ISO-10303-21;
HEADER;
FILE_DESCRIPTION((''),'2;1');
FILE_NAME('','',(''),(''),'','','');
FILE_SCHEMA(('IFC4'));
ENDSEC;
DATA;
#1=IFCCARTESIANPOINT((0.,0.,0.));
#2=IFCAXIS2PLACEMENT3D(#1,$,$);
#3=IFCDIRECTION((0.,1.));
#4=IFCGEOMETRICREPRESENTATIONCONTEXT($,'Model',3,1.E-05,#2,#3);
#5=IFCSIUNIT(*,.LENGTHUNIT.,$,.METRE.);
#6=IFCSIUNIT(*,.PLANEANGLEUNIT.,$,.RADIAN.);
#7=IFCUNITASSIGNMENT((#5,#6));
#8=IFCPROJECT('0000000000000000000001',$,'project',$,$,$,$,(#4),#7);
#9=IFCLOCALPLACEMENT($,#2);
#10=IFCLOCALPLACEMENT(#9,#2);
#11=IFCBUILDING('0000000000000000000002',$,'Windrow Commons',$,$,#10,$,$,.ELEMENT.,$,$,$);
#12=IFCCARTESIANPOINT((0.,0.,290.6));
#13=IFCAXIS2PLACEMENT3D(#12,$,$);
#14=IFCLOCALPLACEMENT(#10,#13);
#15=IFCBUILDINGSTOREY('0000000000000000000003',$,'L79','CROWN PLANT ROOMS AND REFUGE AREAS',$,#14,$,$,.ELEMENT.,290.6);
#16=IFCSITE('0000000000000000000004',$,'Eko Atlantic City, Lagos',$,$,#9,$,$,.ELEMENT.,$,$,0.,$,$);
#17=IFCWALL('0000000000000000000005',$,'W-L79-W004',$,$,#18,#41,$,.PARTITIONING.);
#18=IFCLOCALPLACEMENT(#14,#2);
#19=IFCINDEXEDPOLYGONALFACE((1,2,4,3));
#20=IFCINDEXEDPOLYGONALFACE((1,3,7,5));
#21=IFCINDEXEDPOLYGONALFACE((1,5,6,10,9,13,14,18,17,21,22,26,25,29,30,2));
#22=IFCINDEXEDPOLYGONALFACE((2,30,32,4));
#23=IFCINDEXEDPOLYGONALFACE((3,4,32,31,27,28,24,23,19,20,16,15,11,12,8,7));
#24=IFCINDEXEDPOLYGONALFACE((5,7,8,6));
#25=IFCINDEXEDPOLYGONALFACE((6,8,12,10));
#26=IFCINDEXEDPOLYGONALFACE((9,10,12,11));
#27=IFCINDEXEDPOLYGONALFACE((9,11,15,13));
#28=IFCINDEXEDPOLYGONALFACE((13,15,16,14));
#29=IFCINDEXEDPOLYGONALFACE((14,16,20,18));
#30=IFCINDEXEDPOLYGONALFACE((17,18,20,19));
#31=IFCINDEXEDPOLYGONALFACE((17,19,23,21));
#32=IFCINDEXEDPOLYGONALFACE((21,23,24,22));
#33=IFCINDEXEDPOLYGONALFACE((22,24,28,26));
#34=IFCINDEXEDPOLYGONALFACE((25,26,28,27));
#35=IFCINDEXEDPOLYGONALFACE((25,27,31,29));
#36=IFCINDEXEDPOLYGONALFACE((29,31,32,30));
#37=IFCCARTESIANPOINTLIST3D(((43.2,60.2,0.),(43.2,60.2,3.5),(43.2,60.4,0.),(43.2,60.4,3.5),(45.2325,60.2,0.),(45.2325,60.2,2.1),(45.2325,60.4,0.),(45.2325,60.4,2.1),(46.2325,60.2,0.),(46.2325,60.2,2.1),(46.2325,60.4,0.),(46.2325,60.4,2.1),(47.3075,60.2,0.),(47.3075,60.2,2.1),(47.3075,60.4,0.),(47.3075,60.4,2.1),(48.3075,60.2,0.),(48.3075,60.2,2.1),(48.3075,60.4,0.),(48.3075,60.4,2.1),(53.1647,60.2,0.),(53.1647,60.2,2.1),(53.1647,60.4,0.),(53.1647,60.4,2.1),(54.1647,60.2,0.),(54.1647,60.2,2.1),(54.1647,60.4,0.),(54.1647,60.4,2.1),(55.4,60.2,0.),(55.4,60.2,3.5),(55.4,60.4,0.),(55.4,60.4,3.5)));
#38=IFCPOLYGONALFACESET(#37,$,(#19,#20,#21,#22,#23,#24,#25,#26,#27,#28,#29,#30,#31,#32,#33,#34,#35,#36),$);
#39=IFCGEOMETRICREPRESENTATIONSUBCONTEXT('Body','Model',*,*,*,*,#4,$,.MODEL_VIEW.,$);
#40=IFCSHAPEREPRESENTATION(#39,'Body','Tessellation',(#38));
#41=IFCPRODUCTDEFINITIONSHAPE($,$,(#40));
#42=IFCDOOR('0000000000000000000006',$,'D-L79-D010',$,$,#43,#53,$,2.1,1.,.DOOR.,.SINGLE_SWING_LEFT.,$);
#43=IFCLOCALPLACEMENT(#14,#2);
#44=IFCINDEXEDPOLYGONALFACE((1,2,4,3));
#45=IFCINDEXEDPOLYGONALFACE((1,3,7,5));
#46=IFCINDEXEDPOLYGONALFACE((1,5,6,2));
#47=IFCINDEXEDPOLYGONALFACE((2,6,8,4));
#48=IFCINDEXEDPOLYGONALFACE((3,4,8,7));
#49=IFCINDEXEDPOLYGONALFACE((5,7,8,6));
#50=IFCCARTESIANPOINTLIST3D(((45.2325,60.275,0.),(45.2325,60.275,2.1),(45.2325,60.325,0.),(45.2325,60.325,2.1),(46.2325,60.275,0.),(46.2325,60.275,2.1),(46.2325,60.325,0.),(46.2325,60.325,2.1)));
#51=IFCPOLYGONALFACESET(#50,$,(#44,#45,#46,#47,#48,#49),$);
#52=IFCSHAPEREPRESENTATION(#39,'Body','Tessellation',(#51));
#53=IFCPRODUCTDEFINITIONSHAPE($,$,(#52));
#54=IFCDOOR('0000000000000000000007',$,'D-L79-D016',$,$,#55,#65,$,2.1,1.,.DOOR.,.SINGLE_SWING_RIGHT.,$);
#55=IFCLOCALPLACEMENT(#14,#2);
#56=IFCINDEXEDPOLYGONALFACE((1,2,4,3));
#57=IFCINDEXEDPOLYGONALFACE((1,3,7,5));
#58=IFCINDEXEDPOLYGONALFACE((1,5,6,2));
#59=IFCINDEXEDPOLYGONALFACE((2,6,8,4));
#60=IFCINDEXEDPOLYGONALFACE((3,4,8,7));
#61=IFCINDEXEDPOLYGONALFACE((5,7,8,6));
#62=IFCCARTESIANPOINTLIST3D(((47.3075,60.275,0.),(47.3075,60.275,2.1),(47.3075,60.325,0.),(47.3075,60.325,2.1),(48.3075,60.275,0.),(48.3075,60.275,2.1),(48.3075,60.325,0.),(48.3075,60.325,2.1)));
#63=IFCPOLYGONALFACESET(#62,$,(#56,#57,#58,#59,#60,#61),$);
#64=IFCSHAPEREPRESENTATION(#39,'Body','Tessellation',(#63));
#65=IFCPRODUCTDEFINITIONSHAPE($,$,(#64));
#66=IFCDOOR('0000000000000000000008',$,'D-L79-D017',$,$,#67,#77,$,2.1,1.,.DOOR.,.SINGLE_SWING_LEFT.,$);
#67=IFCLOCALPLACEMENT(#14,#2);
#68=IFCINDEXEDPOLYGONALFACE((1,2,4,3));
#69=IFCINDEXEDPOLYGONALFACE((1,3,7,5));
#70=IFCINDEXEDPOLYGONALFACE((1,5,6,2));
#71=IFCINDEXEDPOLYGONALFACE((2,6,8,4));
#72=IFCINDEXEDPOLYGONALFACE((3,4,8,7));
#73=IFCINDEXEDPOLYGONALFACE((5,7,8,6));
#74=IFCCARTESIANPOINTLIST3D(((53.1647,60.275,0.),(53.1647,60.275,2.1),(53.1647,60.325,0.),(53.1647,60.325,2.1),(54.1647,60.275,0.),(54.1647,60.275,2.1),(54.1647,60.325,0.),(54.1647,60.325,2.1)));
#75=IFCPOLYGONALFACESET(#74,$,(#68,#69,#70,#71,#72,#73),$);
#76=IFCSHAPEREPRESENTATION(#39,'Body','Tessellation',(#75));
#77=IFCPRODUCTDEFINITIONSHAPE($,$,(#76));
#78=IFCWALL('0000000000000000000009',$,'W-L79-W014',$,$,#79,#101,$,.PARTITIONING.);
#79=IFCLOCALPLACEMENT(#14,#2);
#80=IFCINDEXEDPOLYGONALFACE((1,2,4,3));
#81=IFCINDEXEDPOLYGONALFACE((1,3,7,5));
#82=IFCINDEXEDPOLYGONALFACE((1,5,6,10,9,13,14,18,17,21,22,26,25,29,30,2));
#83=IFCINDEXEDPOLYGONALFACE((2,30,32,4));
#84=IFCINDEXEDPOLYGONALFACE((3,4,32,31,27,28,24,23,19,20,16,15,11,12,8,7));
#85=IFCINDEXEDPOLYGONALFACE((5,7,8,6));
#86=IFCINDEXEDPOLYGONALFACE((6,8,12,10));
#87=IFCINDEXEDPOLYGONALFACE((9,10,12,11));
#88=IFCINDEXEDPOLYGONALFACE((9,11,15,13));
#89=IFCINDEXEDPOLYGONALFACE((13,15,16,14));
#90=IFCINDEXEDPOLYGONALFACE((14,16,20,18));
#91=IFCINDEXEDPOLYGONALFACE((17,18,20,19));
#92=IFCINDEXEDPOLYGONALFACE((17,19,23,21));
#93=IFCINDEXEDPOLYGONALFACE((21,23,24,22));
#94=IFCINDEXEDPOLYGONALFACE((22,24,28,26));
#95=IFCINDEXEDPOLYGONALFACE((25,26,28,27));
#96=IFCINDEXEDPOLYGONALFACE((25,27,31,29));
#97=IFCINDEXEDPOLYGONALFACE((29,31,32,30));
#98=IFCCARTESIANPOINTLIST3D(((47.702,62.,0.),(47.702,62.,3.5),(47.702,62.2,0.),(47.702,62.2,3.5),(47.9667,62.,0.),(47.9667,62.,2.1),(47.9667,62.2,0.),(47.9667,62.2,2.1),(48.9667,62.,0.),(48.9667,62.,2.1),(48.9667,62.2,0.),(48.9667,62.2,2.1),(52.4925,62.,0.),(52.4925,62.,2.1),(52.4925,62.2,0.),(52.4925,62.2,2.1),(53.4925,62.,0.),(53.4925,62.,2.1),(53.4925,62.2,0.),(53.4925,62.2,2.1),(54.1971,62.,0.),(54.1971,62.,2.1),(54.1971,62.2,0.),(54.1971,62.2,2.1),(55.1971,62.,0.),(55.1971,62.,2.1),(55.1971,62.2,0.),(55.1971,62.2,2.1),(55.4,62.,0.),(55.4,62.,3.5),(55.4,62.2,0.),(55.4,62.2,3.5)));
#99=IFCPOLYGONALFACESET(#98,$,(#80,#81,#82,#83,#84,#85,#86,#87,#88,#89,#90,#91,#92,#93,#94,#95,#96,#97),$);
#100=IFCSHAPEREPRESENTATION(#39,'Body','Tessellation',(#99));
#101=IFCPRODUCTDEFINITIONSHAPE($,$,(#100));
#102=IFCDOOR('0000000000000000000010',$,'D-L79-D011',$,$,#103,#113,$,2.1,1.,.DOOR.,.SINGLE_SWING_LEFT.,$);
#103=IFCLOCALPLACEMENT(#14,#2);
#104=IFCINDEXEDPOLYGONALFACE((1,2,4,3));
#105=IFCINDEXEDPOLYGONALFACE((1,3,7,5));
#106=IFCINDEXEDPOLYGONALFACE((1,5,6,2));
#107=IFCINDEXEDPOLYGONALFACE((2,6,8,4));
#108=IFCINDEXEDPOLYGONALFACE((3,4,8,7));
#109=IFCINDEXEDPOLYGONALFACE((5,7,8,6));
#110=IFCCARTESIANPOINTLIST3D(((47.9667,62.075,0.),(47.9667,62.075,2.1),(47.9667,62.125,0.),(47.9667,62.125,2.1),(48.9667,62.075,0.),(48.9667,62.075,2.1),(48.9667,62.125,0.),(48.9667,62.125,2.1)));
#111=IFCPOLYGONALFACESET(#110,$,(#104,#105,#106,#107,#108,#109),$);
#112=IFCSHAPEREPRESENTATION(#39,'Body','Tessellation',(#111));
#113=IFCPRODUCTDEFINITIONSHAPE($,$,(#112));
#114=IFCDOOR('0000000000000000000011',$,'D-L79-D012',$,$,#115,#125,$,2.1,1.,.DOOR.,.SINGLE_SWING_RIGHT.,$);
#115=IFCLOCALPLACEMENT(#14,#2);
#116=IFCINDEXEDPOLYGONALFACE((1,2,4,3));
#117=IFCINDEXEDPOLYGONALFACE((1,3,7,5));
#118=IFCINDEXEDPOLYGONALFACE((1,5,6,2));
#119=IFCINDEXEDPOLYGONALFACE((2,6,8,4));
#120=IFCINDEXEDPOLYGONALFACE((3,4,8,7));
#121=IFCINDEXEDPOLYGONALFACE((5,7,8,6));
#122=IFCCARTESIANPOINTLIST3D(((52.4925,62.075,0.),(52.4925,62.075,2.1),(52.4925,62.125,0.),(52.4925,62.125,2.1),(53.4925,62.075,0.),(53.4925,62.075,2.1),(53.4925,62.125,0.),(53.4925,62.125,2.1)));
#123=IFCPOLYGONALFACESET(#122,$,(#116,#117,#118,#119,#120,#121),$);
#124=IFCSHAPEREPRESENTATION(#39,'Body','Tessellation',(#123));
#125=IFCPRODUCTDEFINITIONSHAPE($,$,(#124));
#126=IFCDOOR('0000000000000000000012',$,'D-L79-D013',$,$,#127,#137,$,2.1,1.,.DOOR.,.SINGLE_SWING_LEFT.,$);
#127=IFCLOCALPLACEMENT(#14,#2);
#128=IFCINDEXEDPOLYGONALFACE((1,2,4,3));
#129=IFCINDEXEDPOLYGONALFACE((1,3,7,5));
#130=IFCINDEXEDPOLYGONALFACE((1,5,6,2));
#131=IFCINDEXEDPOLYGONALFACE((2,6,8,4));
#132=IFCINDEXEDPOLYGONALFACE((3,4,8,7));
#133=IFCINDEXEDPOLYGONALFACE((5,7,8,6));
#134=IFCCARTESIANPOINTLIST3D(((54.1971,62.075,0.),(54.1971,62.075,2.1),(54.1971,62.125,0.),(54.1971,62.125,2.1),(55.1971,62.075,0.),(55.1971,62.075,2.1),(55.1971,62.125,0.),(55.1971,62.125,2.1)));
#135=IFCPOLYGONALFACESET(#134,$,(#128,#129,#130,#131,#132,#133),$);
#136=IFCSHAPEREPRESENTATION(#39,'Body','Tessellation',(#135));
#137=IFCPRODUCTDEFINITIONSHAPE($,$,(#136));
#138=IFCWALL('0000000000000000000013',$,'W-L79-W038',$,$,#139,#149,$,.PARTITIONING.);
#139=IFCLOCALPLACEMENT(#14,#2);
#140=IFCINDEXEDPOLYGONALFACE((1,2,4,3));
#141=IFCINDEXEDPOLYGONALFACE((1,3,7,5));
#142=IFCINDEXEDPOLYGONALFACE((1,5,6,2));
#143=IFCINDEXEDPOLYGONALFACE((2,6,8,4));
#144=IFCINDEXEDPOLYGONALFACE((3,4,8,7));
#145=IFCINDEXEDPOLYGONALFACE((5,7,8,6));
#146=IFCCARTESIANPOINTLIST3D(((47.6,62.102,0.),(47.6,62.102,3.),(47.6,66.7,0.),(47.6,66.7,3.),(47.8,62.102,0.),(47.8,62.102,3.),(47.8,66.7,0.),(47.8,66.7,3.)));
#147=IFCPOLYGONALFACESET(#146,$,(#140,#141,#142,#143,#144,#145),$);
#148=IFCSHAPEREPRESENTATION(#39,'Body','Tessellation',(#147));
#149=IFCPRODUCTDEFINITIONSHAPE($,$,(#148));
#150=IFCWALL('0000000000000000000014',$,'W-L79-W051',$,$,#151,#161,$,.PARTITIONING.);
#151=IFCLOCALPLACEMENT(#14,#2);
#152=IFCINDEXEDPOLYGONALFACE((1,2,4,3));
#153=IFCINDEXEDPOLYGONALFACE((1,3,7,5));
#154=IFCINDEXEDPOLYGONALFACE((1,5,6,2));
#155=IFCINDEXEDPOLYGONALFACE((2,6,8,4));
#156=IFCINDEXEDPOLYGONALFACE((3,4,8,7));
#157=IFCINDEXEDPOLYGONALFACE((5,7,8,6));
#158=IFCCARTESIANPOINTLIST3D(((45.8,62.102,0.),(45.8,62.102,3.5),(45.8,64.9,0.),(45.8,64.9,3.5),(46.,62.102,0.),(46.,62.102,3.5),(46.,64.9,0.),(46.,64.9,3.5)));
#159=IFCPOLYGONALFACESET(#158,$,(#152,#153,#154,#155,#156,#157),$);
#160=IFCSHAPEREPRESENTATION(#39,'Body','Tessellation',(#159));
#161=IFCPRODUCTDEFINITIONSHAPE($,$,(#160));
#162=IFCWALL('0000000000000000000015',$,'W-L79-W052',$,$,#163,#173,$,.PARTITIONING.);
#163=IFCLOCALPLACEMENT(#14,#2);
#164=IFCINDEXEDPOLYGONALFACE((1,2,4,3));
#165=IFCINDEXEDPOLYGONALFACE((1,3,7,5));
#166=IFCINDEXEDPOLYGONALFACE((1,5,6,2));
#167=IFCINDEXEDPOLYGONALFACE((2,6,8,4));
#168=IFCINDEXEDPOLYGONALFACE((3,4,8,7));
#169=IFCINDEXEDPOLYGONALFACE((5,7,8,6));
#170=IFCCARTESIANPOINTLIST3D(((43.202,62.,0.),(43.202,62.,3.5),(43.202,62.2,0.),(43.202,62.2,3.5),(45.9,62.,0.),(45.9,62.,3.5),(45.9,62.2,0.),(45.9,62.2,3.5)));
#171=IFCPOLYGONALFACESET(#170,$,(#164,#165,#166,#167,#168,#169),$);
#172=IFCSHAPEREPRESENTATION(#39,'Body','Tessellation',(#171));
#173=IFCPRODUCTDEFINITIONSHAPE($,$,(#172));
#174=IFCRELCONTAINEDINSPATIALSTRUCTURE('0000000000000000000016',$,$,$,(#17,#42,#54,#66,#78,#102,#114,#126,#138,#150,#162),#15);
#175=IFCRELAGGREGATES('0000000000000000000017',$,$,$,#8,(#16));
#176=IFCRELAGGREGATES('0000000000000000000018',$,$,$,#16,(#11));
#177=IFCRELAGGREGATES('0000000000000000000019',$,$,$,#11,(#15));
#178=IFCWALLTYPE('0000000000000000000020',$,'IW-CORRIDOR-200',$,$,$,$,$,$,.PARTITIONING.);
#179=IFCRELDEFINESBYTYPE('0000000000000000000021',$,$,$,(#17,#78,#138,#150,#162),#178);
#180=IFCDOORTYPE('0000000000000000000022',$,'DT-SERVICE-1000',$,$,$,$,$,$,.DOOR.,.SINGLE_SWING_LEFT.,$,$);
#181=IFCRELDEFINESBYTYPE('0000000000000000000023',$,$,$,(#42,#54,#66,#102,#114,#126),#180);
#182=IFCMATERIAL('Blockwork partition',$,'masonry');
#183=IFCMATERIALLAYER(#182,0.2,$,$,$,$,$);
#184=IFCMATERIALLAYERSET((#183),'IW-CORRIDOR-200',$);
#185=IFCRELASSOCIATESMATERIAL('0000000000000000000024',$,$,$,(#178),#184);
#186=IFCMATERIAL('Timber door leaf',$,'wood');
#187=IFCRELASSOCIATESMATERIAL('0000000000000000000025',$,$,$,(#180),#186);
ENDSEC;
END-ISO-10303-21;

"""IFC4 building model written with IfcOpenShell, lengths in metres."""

from ifc_helpers import new_model, si_unit, direction, frame, frame_2d, origin, place, context, subcontext, project, spatial, rectangle, extrude, material, layer, layer_set, type_object, element, fill, save


model = new_model("IFC4")

# Units and contexts
model_context = context("Model", 3, precision=1e-05, world=origin(), true_north=direction((0.0, 1.0)))
body_context = subcontext(model_context, "Body", "Model", "MODEL_VIEW")
ifc_project = project(units=[si_unit("LENGTHUNIT", "METRE"), si_unit("PLANEANGLEUNIT", "RADIAN")], contexts=[model_context])

# Site, building, storey
site_placement = place(None, origin())
site = spatial("IfcSite", under=ifc_project, at=site_placement, Name="Eko Atlantic City, Lagos", CompositionType="ELEMENT", RefElevation=0.0)
building_placement = place(site_placement, origin())
building = spatial("IfcBuilding", under=site, at=building_placement, Name="Windrow Commons", CompositionType="ELEMENT")
storey_placement = place(building_placement, frame((0.0, 0.0, 290.6)))
storey = spatial("IfcBuildingStorey", under=building, at=storey_placement, Name="L79", Description="CROWN PLANT ROOMS AND REFUGE AREAS", CompositionType="ELEMENT", Elevation=290.6)

# Walls, openings, doors
ifc_material_1 = material(Name="Blockwork partition", Category="masonry")
ifc_layer_1 = layer(ifc_material_1, 0.2)
ifc_layer_set_1 = layer_set([ifc_layer_1], Name="IW-CORRIDOR-200")
wall_type_1 = type_object("IfcWallType", Name="IW-CORRIDOR-200", PredefinedType="PARTITIONING", material=ifc_layer_set_1)
wall_1_placement = place(storey_placement, frame((43.2, 60.3, 0.0), z_axis=(0.0, 0.0, 1.0), x_axis=(1.0, 0.0, 0.0)))
wall_1 = element("IfcWall", 1, at=wall_1_placement, inside=storey, type_object=wall_type_1, Name="W-L79-W004", PredefinedType="PARTITIONING", context=body_context, shape_type="SweptSolid", body=[
    extrude(rectangle(XDim=12.2, YDim=0.2, at=frame_2d((6.1, 0.0))), origin(), (0.0, 0.0, 1.0), 3.5),
])
opening_1_placement = place(wall_1_placement, frame((2.0325, 0.0, 0.0)))
opening_1 = element("IfcOpeningElement", 2, at=opening_1_placement, cuts=wall_1, PredefinedType="OPENING", context=body_context, shape_type="SweptSolid", body=[
    extrude(rectangle(XDim=1.0, YDim=2.1, at=frame_2d((0.5, 1.05))), frame((0.0, 0.11, 0.0), z_axis=(0.0, -1.0, 0.0), x_axis=(1.0, 0.0, 0.0)), (0.0, 0.0, 1.0), 0.22),
])
opening_2_placement = place(wall_1_placement, frame((4.1075, 0.0, 0.0)))
opening_2 = element("IfcOpeningElement", 3, at=opening_2_placement, cuts=wall_1, PredefinedType="OPENING", context=body_context, shape_type="SweptSolid", body=[
    extrude(rectangle(XDim=1.0, YDim=2.1, at=frame_2d((0.5, 1.05))), frame((0.0, 0.11, 0.0), z_axis=(0.0, -1.0, 0.0), x_axis=(1.0, 0.0, 0.0)), (0.0, 0.0, 1.0), 0.22),
])
opening_3_placement = place(wall_1_placement, frame((9.9647, 0.0, 0.0)))
opening_3 = element("IfcOpeningElement", 4, at=opening_3_placement, cuts=wall_1, PredefinedType="OPENING", context=body_context, shape_type="SweptSolid", body=[
    extrude(rectangle(XDim=1.0, YDim=2.1, at=frame_2d((0.5, 1.05))), frame((0.0, 0.11, 0.0), z_axis=(0.0, -1.0, 0.0), x_axis=(1.0, 0.0, 0.0)), (0.0, 0.0, 1.0), 0.22),
])
ifc_material_2 = material(Name="Timber door leaf", Category="wood")
door_type = type_object("IfcDoorType", Name="DT-SERVICE-1000", OperationType="SINGLE_SWING_LEFT", PredefinedType="DOOR", material=ifc_material_2)
door_1_placement = place(opening_1_placement, origin())
door_1 = element("IfcDoor", 5, at=door_1_placement, inside=storey, type_object=door_type, Name="D-L79-D010", OperationType="SINGLE_SWING_LEFT", OverallHeight=2.1, OverallWidth=1.0, PredefinedType="DOOR", context=body_context, shape_type="SweptSolid", body=[
    extrude(rectangle(XDim=1.0, YDim=2.1, at=frame_2d((0.5, 1.05))), frame((0.0, 0.025, 0.0), z_axis=(0.0, -1.0, 0.0), x_axis=(1.0, 0.0, 0.0)), (0.0, 0.0, 1.0), 0.05),
])
fill(opening_1, door_1)
door_2_placement = place(opening_2_placement, origin())
door_2 = element("IfcDoor", 6, at=door_2_placement, inside=storey, type_object=door_type, Name="D-L79-D016", OperationType="SINGLE_SWING_RIGHT", OverallHeight=2.1, OverallWidth=1.0, PredefinedType="DOOR", context=body_context, shape_type="SweptSolid", body=[
    extrude(rectangle(XDim=1.0, YDim=2.1, at=frame_2d((0.5, 1.05))), frame((0.0, 0.025, 0.0), z_axis=(0.0, -1.0, 0.0), x_axis=(1.0, 0.0, 0.0)), (0.0, 0.0, 1.0), 0.05),
])
fill(opening_2, door_2)
door_3_placement = place(opening_3_placement, origin())
door_3 = element("IfcDoor", 7, at=door_3_placement, inside=storey, type_object=door_type, Name="D-L79-D017", OperationType="SINGLE_SWING_LEFT", OverallHeight=2.1, OverallWidth=1.0, PredefinedType="DOOR", context=body_context, shape_type="SweptSolid", body=[
    extrude(rectangle(XDim=1.0, YDim=2.1, at=frame_2d((0.5, 1.05))), frame((0.0, 0.025, 0.0), z_axis=(0.0, -1.0, 0.0), x_axis=(1.0, 0.0, 0.0)), (0.0, 0.0, 1.0), 0.05),
])
fill(opening_3, door_3)
wall_2_placement = place(storey_placement, frame((47.702, 62.1, 0.0), z_axis=(0.0, 0.0, 1.0), x_axis=(1.0, 0.0, 0.0)))
wall_2 = element("IfcWall", 8, at=wall_2_placement, inside=storey, type_object=wall_type_1, Name="W-L79-W014", PredefinedType="PARTITIONING", context=body_context, shape_type="SweptSolid", body=[
    extrude(rectangle(XDim=7.698, YDim=0.2, at=frame_2d((3.849, 0.0))), origin(), (0.0, 0.0, 1.0), 3.5),
])
opening_4_placement = place(wall_2_placement, frame((0.2647, 0.0, 0.0)))
opening_4 = element("IfcOpeningElement", 9, at=opening_4_placement, cuts=wall_2, PredefinedType="OPENING", context=body_context, shape_type="SweptSolid", body=[
    extrude(rectangle(XDim=1.0, YDim=2.1, at=frame_2d((0.5, 1.05))), frame((0.0, 0.11, 0.0), z_axis=(0.0, -1.0, 0.0), x_axis=(1.0, 0.0, 0.0)), (0.0, 0.0, 1.0), 0.22),
])
opening_5_placement = place(wall_2_placement, frame((4.7905, 0.0, 0.0)))
opening_5 = element("IfcOpeningElement", 10, at=opening_5_placement, cuts=wall_2, PredefinedType="OPENING", context=body_context, shape_type="SweptSolid", body=[
    extrude(rectangle(XDim=1.0, YDim=2.1, at=frame_2d((0.5, 1.05))), frame((0.0, 0.11, 0.0), z_axis=(0.0, -1.0, 0.0), x_axis=(1.0, 0.0, 0.0)), (0.0, 0.0, 1.0), 0.22),
])
opening_6_placement = place(wall_2_placement, frame((6.4951, 0.0, 0.0)))
opening_6 = element("IfcOpeningElement", 11, at=opening_6_placement, cuts=wall_2, PredefinedType="OPENING", context=body_context, shape_type="SweptSolid", body=[
    extrude(rectangle(XDim=1.0, YDim=2.1, at=frame_2d((0.5, 1.05))), frame((0.0, 0.11, 0.0), z_axis=(0.0, -1.0, 0.0), x_axis=(1.0, 0.0, 0.0)), (0.0, 0.0, 1.0), 0.22),
])
door_4_placement = place(opening_4_placement, origin())
door_4 = element("IfcDoor", 12, at=door_4_placement, inside=storey, type_object=door_type, Name="D-L79-D011", OperationType="SINGLE_SWING_LEFT", OverallHeight=2.1, OverallWidth=1.0, PredefinedType="DOOR", context=body_context, shape_type="SweptSolid", body=[
    extrude(rectangle(XDim=1.0, YDim=2.1, at=frame_2d((0.5, 1.05))), frame((0.0, 0.025, 0.0), z_axis=(0.0, -1.0, 0.0), x_axis=(1.0, 0.0, 0.0)), (0.0, 0.0, 1.0), 0.05),
])
fill(opening_4, door_4)
door_5_placement = place(opening_5_placement, origin())
door_5 = element("IfcDoor", 13, at=door_5_placement, inside=storey, type_object=door_type, Name="D-L79-D012", OperationType="SINGLE_SWING_RIGHT", OverallHeight=2.1, OverallWidth=1.0, PredefinedType="DOOR", context=body_context, shape_type="SweptSolid", body=[
    extrude(rectangle(XDim=1.0, YDim=2.1, at=frame_2d((0.5, 1.05))), frame((0.0, 0.025, 0.0), z_axis=(0.0, -1.0, 0.0), x_axis=(1.0, 0.0, 0.0)), (0.0, 0.0, 1.0), 0.05),
])
fill(opening_5, door_5)
door_6_placement = place(opening_6_placement, origin())
door_6 = element("IfcDoor", 14, at=door_6_placement, inside=storey, type_object=door_type, Name="D-L79-D013", OperationType="SINGLE_SWING_LEFT", OverallHeight=2.1, OverallWidth=1.0, PredefinedType="DOOR", context=body_context, shape_type="SweptSolid", body=[
    extrude(rectangle(XDim=1.0, YDim=2.1, at=frame_2d((0.5, 1.05))), frame((0.0, 0.025, 0.0), z_axis=(0.0, -1.0, 0.0), x_axis=(1.0, 0.0, 0.0)), (0.0, 0.0, 1.0), 0.05),
])
fill(opening_6, door_6)

# Walls
wall_3_placement = place(storey_placement, frame((47.7, 62.102, 0.0), z_axis=(0.0, 0.0, 1.0), x_axis=(0.0, 1.0, 0.0)))
element("IfcWall", 15, at=wall_3_placement, inside=storey, type_object=wall_type_1, Name="W-L79-W038", PredefinedType="PARTITIONING", context=body_context, shape_type="SweptSolid", body=[
    extrude(rectangle(XDim=4.598, YDim=0.2, at=frame_2d((2.299, 0.0))), origin(), (0.0, 0.0, 1.0), 3.0),
])
wall_4_placement = place(storey_placement, frame((45.9, 62.102, 0.0), z_axis=(0.0, 0.0, 1.0), x_axis=(0.0, 1.0, 0.0)))
element("IfcWall", 16, at=wall_4_placement, inside=storey, type_object=wall_type_1, Name="W-L79-W051", PredefinedType="PARTITIONING", context=body_context, shape_type="SweptSolid", body=[
    extrude(rectangle(XDim=2.798, YDim=0.2, at=frame_2d((1.399, 0.0))), origin(), (0.0, 0.0, 1.0), 3.5),
])
wall_5_placement = place(storey_placement, frame((43.202, 62.1, 0.0), z_axis=(0.0, 0.0, 1.0), x_axis=(1.0, 0.0, 0.0)))
element("IfcWall", 17, at=wall_5_placement, inside=storey, type_object=wall_type_1, Name="W-L79-W052", PredefinedType="PARTITIONING", context=body_context, shape_type="SweptSolid", body=[
    extrude(rectangle(XDim=2.698, YDim=0.2, at=frame_2d((1.349, 0.0))), origin(), (0.0, 0.0, 1.0), 3.5),
])

save(model, "model.ifc")
